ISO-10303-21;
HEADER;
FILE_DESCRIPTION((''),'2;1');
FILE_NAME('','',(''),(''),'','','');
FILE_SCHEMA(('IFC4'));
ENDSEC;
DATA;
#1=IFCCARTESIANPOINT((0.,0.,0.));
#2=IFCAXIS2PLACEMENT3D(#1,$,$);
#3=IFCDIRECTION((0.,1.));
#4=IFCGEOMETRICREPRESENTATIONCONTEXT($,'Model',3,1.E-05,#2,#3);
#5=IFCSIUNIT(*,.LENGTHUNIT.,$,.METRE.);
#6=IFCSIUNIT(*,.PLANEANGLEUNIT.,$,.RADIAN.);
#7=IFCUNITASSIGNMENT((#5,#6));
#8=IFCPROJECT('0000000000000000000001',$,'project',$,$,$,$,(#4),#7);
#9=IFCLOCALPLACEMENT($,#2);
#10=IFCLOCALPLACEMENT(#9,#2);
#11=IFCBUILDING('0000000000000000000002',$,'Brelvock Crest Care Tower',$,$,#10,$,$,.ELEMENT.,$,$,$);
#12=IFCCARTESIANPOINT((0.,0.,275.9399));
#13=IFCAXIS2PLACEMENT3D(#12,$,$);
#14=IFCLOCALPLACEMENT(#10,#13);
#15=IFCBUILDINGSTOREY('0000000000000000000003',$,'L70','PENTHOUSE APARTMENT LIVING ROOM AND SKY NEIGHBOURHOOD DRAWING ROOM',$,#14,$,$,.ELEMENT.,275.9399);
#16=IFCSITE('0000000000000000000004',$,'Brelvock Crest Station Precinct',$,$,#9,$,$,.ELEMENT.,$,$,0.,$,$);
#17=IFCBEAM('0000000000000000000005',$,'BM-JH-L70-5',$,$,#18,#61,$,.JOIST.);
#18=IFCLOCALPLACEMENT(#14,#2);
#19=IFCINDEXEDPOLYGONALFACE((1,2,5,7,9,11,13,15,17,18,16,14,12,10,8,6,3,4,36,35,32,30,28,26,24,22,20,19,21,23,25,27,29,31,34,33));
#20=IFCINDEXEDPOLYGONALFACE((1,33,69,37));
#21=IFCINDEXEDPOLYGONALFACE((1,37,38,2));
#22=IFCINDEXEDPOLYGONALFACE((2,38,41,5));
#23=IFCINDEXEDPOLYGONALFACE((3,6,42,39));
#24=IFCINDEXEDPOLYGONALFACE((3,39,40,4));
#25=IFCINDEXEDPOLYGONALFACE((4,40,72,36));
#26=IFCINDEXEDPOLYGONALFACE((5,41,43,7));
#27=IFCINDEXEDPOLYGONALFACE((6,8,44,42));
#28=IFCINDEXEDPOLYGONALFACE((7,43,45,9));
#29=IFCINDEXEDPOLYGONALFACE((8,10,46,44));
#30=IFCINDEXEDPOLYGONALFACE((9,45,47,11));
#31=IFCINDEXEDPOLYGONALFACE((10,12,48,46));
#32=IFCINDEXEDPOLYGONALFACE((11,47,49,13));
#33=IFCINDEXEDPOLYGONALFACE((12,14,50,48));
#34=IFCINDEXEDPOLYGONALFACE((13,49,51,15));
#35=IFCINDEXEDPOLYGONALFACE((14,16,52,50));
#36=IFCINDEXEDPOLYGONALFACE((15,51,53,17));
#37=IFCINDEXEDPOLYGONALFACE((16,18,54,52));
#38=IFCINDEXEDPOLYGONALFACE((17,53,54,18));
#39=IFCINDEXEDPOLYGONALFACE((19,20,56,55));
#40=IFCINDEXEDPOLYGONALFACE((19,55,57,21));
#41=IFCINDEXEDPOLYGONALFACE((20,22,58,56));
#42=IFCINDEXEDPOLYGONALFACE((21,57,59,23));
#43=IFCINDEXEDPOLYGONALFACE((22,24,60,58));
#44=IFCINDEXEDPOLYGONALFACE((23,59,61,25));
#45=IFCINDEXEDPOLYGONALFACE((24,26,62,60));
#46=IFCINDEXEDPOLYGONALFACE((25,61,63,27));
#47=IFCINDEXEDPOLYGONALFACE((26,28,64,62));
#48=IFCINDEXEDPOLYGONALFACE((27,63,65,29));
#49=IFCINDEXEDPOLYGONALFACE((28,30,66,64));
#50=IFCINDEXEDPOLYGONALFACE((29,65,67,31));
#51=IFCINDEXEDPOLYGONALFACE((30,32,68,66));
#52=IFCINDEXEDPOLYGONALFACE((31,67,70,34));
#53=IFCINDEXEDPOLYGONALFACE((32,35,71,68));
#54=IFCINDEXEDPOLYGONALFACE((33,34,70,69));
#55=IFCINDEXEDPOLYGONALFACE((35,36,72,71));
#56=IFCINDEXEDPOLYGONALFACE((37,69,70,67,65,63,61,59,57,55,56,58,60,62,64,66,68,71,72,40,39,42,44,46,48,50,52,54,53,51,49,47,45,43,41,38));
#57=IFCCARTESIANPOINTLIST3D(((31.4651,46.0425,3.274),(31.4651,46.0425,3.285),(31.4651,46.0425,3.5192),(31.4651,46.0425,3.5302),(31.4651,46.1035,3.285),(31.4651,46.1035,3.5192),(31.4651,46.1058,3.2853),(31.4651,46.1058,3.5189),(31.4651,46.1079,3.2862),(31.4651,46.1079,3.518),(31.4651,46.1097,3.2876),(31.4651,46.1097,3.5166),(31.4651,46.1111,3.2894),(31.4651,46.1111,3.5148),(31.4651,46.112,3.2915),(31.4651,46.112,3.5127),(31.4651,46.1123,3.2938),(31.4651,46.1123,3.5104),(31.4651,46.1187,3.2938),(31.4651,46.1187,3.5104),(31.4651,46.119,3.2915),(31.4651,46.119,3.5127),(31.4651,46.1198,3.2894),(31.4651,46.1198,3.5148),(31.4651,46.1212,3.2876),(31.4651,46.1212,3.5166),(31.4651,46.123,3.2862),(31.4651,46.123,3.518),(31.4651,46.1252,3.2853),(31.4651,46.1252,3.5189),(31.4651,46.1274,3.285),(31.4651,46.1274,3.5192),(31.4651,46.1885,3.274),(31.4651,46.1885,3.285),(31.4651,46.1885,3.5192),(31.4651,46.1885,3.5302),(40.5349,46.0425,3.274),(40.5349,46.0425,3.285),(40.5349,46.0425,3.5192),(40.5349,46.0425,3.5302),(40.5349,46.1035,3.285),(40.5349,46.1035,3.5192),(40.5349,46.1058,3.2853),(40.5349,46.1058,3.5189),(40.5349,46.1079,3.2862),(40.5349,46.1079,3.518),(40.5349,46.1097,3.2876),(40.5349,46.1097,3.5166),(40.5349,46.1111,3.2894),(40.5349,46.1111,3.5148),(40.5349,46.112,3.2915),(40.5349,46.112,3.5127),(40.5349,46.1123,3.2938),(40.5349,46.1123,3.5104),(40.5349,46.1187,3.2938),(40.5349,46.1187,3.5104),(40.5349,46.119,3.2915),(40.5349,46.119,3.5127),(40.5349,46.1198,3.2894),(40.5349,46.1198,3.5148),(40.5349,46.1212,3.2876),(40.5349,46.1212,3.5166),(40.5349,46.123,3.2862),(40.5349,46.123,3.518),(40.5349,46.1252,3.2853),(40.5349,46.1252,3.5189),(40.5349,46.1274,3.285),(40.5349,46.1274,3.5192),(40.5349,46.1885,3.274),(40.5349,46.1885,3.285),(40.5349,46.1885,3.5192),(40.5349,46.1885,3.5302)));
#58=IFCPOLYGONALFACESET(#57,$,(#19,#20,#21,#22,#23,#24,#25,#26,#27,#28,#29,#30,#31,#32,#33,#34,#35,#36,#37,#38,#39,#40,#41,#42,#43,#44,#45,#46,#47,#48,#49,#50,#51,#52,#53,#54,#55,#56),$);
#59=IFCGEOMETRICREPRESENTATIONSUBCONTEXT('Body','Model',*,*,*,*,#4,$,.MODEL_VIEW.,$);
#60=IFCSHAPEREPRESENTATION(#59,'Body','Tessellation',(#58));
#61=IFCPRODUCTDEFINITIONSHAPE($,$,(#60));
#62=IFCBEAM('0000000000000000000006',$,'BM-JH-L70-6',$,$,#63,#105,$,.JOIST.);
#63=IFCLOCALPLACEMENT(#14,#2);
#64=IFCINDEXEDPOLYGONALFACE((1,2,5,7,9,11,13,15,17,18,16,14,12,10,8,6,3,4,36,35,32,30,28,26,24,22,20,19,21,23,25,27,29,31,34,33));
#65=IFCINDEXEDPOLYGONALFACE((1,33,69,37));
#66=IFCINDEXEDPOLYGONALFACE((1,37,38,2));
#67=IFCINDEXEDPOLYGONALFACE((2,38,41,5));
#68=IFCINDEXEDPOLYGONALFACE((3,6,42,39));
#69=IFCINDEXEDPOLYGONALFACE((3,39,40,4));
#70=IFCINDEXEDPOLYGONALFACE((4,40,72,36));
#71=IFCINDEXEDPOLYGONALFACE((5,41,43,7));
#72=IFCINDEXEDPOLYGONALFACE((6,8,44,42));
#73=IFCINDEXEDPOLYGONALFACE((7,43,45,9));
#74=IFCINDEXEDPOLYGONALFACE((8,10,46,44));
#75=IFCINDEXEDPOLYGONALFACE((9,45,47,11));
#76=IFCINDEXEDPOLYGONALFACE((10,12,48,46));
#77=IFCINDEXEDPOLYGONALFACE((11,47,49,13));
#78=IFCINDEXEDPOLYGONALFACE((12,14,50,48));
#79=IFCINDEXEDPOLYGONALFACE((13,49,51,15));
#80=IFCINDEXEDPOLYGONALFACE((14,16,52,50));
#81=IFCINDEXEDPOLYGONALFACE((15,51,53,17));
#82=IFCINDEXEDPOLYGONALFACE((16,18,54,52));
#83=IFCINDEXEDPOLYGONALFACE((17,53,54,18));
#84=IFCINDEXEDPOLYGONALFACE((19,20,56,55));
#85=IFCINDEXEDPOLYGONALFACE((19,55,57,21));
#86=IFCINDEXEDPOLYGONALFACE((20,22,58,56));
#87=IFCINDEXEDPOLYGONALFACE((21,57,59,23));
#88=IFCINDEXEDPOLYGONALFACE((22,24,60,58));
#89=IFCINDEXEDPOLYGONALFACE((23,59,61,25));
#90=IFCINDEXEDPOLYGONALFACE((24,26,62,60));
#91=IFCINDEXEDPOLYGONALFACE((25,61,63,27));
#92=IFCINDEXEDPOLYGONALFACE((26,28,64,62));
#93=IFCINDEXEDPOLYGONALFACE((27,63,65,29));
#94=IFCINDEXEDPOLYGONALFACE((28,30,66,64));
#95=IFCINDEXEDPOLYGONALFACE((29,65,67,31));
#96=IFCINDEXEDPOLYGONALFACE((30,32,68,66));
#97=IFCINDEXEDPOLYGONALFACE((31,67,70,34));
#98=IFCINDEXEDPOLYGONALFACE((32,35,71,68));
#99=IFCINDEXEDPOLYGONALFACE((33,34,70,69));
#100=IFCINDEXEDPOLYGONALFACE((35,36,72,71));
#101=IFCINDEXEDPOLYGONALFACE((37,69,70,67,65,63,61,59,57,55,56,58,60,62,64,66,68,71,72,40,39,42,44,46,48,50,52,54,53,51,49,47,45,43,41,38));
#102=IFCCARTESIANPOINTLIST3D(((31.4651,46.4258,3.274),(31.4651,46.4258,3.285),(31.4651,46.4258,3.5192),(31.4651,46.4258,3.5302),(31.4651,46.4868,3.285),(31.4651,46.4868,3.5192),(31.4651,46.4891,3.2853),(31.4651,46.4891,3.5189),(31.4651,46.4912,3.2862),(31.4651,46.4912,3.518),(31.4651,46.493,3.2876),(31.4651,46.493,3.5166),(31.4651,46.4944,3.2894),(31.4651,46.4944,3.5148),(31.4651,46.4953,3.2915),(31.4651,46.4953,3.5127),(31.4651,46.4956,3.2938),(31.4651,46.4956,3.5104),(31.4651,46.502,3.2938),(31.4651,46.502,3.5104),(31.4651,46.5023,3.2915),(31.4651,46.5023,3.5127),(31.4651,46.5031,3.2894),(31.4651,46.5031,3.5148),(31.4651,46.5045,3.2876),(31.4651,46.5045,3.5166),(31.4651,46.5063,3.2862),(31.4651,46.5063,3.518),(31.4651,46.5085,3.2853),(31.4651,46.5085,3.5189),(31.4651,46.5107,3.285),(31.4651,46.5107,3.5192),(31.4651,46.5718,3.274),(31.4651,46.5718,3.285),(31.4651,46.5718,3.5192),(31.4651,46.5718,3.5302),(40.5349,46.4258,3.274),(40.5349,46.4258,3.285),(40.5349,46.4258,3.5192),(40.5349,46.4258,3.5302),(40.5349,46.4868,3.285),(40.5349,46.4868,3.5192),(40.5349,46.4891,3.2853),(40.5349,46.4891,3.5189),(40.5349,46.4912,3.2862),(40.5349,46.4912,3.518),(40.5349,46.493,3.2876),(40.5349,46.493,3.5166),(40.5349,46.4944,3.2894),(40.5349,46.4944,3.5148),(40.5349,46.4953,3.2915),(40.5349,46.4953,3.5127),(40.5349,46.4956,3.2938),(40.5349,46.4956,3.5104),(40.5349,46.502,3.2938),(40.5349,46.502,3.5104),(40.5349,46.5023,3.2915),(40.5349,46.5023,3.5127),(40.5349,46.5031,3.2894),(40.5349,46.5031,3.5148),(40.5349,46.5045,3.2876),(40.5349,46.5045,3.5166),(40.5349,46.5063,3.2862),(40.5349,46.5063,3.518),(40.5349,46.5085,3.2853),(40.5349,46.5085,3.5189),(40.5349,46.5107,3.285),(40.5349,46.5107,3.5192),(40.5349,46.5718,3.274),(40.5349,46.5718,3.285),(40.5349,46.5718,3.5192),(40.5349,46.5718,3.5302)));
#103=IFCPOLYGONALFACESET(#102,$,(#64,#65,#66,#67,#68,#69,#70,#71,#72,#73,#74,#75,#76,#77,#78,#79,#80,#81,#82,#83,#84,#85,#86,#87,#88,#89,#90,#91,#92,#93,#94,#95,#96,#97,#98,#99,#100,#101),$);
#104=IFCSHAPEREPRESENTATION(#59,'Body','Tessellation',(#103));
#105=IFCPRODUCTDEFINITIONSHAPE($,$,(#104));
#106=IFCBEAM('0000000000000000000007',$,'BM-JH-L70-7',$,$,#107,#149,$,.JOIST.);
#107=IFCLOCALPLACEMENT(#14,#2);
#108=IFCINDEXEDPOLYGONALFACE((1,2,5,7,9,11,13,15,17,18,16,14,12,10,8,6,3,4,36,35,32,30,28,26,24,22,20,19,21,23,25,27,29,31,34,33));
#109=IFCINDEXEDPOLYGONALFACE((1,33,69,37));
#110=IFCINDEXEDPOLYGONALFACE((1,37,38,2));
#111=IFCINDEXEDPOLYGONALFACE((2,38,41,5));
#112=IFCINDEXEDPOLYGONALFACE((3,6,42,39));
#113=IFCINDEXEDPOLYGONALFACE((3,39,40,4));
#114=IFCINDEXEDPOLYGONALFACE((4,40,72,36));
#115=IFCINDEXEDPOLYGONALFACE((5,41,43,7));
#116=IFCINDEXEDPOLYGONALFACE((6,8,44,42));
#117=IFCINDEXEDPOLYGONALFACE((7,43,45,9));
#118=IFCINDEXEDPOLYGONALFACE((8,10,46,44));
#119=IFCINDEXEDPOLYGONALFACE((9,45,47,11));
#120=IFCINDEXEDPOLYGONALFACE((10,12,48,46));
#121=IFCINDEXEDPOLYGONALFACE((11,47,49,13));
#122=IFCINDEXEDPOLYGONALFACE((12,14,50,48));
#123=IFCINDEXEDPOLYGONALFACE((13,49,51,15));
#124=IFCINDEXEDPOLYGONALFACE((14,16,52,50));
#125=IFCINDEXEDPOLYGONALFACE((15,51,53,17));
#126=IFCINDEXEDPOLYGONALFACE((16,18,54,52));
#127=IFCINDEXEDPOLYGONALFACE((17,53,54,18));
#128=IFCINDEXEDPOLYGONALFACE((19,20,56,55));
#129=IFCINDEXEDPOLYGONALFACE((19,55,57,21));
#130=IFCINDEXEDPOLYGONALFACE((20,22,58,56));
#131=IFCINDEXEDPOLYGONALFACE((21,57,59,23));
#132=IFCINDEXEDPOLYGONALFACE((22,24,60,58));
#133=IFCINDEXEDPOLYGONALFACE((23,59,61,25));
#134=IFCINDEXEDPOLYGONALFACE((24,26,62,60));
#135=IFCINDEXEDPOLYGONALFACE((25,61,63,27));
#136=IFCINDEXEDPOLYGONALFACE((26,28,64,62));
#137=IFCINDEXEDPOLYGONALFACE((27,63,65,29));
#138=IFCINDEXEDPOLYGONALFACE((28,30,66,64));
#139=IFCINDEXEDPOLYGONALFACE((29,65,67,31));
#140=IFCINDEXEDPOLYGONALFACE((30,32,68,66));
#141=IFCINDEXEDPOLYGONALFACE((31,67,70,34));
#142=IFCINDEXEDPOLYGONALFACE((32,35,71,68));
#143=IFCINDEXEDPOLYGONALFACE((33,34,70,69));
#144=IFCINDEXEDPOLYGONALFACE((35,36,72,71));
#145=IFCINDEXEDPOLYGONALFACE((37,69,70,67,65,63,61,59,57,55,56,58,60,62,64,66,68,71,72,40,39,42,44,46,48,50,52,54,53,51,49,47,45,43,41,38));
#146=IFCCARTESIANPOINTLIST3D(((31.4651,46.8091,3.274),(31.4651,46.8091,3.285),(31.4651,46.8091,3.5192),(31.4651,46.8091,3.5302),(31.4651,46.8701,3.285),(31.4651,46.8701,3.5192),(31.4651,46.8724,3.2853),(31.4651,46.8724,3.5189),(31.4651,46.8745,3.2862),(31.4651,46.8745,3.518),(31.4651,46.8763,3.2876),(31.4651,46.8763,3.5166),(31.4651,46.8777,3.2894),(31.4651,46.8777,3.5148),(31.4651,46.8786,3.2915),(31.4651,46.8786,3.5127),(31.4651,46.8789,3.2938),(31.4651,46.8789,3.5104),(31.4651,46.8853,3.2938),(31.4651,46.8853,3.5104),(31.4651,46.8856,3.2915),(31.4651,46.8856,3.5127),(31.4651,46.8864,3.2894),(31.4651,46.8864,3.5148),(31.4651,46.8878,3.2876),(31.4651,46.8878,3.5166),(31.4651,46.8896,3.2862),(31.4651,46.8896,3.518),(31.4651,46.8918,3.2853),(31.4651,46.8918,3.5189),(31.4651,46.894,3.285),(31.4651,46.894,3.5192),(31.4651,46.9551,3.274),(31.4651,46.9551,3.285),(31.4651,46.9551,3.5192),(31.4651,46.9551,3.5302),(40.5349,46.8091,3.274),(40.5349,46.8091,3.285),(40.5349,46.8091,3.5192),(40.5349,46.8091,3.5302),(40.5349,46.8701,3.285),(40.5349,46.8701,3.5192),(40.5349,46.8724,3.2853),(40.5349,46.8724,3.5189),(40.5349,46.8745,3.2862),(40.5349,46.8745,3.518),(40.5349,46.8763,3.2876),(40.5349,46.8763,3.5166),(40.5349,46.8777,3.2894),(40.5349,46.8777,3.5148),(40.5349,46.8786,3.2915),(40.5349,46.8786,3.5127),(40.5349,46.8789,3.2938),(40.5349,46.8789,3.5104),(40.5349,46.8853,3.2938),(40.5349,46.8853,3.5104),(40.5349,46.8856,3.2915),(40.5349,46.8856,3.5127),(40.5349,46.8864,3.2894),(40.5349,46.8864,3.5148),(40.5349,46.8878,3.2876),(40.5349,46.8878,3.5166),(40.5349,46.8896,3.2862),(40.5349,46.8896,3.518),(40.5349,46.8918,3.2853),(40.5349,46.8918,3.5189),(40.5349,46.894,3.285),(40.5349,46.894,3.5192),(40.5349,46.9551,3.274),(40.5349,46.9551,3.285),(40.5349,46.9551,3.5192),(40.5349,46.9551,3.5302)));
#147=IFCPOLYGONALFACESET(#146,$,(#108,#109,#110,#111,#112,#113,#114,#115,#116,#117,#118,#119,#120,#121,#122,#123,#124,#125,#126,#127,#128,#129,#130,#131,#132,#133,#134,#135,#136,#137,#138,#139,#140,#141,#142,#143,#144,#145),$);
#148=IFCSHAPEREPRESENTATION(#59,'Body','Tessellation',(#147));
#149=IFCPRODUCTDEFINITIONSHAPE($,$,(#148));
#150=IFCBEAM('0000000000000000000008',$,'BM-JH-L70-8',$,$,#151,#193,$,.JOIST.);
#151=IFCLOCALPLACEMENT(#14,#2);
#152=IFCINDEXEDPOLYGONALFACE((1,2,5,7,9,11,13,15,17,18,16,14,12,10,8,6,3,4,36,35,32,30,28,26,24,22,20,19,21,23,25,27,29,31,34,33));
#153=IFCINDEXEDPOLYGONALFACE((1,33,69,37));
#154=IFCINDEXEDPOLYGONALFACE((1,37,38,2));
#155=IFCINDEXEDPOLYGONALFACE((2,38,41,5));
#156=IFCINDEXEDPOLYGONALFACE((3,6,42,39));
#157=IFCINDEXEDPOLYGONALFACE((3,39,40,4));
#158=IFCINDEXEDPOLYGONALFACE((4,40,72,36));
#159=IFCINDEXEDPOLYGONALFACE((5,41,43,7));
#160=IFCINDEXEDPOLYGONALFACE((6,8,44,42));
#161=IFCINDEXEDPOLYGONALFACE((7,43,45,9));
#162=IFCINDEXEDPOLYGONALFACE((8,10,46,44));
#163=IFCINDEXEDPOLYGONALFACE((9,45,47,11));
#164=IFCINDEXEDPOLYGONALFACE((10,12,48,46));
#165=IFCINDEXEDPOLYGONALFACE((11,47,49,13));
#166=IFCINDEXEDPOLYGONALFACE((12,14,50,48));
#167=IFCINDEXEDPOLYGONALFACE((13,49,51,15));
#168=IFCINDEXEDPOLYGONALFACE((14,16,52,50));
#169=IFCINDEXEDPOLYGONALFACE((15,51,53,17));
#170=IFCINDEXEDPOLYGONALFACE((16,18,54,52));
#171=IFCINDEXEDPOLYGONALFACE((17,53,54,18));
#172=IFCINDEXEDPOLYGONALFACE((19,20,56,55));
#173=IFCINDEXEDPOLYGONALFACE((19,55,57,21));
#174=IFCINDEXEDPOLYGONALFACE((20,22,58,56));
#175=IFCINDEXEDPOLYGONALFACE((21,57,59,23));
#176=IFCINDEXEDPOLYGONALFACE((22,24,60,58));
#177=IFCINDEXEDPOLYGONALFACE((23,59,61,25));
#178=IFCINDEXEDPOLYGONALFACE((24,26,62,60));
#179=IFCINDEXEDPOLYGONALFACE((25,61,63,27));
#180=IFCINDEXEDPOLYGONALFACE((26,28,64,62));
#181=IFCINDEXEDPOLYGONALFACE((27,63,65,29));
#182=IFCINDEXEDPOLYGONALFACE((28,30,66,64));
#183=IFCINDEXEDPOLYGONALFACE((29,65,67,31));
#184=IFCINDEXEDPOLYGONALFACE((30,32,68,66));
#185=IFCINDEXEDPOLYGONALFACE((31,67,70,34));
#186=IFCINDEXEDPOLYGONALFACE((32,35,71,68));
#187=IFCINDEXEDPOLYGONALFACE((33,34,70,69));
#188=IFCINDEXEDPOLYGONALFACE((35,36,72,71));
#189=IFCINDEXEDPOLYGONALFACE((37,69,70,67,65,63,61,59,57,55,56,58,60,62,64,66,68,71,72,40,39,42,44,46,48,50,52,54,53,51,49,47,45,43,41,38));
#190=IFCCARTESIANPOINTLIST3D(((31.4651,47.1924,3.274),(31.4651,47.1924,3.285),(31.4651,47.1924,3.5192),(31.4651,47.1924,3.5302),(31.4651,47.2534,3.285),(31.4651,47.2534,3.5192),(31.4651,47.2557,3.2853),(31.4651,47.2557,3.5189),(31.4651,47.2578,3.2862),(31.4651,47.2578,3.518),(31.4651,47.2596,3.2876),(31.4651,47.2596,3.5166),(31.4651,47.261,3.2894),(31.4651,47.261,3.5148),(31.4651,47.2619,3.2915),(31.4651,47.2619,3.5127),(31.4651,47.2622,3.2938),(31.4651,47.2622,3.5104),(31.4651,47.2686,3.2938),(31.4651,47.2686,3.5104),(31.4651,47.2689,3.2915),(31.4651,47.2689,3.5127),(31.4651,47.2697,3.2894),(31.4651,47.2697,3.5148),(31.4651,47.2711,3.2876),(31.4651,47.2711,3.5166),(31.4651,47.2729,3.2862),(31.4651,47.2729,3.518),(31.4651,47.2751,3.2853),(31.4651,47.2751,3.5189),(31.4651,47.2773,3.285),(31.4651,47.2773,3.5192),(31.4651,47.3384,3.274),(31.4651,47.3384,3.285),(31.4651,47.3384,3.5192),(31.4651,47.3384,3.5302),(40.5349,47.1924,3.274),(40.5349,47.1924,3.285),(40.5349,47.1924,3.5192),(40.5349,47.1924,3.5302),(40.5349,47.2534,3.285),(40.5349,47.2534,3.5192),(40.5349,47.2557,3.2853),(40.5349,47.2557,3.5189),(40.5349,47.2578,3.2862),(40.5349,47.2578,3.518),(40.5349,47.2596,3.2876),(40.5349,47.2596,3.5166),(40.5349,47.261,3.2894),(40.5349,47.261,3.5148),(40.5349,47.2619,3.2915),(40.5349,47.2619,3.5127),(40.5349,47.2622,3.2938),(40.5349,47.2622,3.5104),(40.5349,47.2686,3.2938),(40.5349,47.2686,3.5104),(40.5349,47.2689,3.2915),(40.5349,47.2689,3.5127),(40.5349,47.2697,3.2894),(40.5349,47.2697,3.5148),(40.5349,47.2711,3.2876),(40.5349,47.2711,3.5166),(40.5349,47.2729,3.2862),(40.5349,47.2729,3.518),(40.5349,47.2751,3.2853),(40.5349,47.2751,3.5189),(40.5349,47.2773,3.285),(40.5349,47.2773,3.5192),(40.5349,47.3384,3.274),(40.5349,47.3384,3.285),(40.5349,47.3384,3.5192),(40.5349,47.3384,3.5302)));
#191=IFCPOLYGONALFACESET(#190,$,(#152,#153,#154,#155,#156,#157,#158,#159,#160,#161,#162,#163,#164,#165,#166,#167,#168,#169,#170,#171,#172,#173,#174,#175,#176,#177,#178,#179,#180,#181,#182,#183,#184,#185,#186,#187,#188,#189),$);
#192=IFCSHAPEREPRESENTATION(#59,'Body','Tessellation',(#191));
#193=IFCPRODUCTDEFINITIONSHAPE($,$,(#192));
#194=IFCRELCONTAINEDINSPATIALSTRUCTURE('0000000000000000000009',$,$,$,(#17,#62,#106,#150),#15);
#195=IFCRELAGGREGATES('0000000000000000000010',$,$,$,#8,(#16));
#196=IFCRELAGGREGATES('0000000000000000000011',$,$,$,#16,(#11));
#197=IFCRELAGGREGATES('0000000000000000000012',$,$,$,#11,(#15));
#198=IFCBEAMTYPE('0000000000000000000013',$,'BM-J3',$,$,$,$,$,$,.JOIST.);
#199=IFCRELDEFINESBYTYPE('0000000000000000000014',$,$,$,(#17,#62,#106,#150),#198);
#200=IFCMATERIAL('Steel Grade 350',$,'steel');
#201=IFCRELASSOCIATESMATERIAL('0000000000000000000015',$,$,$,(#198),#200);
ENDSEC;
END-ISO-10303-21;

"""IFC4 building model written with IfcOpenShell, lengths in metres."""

from ifc_helpers import new_model, si_unit, direction, frame, origin, origin_2d, place, context, subcontext, project, spatial, i_section, extrude, source, transform, mapped, material, material_profile, profile_set, type_object, element, save


model = new_model("IFC4")

# Units and contexts
model_context = context("Model", 3, precision=1e-05, world=origin(), true_north=direction((0.0, 1.0)))
body_context = subcontext(model_context, "Body", "Model", "MODEL_VIEW")
ifc_project = project(units=[si_unit("LENGTHUNIT", "METRE"), si_unit("PLANEANGLEUNIT", "RADIAN")], contexts=[model_context])

# Site, building, storey
site_placement = place(None, origin())
site = spatial("IfcSite", under=ifc_project, at=site_placement, Name="Brelvock Crest Station Precinct", CompositionType="ELEMENT", RefElevation=0.0)
building_placement = place(site_placement, origin())
building = spatial("IfcBuilding", under=site, at=building_placement, Name="Brelvock Crest Care Tower", CompositionType="ELEMENT")
storey_placement = place(building_placement, frame((0.0, 0.0, 275.9399)))
storey = spatial("IfcBuildingStorey", under=building, at=storey_placement, Name="L70", Description="PENTHOUSE APARTMENT LIVING ROOM AND SKY NEIGHBOURHOOD DRAWING ROOM", CompositionType="ELEMENT", Elevation=275.9399)

# Beams
ifc_material_1 = material(Name="Steel Grade 350", Category="steel")
ifc_material_profile_1 = material_profile(ifc_material_1, i_section(OverallWidth=0.146, OverallDepth=0.2561, WebThickness=0.0063, FlangeThickness=0.011, FilletRadius=0.0088, at=origin_2d()), Name="250UB37.3")
ifc_profile_set_1 = profile_set([ifc_material_profile_1], Name="Steel Grade 350")
beam_type_1 = type_object("IfcBeamType", Name="BM-J3", PredefinedType="JOIST", material=ifc_profile_set_1)
shared_shape_1 = source(origin(), body_context, "Body", "SweptSolid", [
    extrude(i_section(OverallWidth=0.146, OverallDepth=0.2561, WebThickness=0.0063, FlangeThickness=0.011, FilletRadius=0.0088, at=origin_2d()), origin(), (0.0, 0.0, 1.0), 9.0698),
])
for number, where, z_axis, x_axis, name in (
    (1, (31.4651, 46.1155, 3.4021), (1.0, 0.0, 0.0), (0.0, 1.0, 0.0), "BM-JH-L70-5"),
    (2, (31.4651, 46.4988, 3.4021), (1.0, 0.0, 0.0), (0.0, 1.0, 0.0), "BM-JH-L70-6"),
    (3, (31.4651, 46.8821, 3.4021), (1.0, 0.0, 0.0), (0.0, 1.0, 0.0), "BM-JH-L70-7"),
    (4, (31.4651, 47.2654, 3.4021), (1.0, 0.0, 0.0), (0.0, 1.0, 0.0), "BM-JH-L70-8"),
):
    element("IfcBeam", number, at=place(storey_placement, frame(where, z_axis=z_axis, x_axis=x_axis)), inside=storey, type_object=beam_type_1, Name=name, PredefinedType="JOIST", context=body_context, shape_type="MappedRepresentation", body=[
        mapped(shared_shape_1, transform((0.0, 0.0, 0.0), x_axis=(1.0, 0.0, 0.0), y_axis=(0.0, 1.0, 0.0), z_axis=(0.0, 0.0, 1.0), scale=1.0)),
    ])

save(model, "model.ifc")
